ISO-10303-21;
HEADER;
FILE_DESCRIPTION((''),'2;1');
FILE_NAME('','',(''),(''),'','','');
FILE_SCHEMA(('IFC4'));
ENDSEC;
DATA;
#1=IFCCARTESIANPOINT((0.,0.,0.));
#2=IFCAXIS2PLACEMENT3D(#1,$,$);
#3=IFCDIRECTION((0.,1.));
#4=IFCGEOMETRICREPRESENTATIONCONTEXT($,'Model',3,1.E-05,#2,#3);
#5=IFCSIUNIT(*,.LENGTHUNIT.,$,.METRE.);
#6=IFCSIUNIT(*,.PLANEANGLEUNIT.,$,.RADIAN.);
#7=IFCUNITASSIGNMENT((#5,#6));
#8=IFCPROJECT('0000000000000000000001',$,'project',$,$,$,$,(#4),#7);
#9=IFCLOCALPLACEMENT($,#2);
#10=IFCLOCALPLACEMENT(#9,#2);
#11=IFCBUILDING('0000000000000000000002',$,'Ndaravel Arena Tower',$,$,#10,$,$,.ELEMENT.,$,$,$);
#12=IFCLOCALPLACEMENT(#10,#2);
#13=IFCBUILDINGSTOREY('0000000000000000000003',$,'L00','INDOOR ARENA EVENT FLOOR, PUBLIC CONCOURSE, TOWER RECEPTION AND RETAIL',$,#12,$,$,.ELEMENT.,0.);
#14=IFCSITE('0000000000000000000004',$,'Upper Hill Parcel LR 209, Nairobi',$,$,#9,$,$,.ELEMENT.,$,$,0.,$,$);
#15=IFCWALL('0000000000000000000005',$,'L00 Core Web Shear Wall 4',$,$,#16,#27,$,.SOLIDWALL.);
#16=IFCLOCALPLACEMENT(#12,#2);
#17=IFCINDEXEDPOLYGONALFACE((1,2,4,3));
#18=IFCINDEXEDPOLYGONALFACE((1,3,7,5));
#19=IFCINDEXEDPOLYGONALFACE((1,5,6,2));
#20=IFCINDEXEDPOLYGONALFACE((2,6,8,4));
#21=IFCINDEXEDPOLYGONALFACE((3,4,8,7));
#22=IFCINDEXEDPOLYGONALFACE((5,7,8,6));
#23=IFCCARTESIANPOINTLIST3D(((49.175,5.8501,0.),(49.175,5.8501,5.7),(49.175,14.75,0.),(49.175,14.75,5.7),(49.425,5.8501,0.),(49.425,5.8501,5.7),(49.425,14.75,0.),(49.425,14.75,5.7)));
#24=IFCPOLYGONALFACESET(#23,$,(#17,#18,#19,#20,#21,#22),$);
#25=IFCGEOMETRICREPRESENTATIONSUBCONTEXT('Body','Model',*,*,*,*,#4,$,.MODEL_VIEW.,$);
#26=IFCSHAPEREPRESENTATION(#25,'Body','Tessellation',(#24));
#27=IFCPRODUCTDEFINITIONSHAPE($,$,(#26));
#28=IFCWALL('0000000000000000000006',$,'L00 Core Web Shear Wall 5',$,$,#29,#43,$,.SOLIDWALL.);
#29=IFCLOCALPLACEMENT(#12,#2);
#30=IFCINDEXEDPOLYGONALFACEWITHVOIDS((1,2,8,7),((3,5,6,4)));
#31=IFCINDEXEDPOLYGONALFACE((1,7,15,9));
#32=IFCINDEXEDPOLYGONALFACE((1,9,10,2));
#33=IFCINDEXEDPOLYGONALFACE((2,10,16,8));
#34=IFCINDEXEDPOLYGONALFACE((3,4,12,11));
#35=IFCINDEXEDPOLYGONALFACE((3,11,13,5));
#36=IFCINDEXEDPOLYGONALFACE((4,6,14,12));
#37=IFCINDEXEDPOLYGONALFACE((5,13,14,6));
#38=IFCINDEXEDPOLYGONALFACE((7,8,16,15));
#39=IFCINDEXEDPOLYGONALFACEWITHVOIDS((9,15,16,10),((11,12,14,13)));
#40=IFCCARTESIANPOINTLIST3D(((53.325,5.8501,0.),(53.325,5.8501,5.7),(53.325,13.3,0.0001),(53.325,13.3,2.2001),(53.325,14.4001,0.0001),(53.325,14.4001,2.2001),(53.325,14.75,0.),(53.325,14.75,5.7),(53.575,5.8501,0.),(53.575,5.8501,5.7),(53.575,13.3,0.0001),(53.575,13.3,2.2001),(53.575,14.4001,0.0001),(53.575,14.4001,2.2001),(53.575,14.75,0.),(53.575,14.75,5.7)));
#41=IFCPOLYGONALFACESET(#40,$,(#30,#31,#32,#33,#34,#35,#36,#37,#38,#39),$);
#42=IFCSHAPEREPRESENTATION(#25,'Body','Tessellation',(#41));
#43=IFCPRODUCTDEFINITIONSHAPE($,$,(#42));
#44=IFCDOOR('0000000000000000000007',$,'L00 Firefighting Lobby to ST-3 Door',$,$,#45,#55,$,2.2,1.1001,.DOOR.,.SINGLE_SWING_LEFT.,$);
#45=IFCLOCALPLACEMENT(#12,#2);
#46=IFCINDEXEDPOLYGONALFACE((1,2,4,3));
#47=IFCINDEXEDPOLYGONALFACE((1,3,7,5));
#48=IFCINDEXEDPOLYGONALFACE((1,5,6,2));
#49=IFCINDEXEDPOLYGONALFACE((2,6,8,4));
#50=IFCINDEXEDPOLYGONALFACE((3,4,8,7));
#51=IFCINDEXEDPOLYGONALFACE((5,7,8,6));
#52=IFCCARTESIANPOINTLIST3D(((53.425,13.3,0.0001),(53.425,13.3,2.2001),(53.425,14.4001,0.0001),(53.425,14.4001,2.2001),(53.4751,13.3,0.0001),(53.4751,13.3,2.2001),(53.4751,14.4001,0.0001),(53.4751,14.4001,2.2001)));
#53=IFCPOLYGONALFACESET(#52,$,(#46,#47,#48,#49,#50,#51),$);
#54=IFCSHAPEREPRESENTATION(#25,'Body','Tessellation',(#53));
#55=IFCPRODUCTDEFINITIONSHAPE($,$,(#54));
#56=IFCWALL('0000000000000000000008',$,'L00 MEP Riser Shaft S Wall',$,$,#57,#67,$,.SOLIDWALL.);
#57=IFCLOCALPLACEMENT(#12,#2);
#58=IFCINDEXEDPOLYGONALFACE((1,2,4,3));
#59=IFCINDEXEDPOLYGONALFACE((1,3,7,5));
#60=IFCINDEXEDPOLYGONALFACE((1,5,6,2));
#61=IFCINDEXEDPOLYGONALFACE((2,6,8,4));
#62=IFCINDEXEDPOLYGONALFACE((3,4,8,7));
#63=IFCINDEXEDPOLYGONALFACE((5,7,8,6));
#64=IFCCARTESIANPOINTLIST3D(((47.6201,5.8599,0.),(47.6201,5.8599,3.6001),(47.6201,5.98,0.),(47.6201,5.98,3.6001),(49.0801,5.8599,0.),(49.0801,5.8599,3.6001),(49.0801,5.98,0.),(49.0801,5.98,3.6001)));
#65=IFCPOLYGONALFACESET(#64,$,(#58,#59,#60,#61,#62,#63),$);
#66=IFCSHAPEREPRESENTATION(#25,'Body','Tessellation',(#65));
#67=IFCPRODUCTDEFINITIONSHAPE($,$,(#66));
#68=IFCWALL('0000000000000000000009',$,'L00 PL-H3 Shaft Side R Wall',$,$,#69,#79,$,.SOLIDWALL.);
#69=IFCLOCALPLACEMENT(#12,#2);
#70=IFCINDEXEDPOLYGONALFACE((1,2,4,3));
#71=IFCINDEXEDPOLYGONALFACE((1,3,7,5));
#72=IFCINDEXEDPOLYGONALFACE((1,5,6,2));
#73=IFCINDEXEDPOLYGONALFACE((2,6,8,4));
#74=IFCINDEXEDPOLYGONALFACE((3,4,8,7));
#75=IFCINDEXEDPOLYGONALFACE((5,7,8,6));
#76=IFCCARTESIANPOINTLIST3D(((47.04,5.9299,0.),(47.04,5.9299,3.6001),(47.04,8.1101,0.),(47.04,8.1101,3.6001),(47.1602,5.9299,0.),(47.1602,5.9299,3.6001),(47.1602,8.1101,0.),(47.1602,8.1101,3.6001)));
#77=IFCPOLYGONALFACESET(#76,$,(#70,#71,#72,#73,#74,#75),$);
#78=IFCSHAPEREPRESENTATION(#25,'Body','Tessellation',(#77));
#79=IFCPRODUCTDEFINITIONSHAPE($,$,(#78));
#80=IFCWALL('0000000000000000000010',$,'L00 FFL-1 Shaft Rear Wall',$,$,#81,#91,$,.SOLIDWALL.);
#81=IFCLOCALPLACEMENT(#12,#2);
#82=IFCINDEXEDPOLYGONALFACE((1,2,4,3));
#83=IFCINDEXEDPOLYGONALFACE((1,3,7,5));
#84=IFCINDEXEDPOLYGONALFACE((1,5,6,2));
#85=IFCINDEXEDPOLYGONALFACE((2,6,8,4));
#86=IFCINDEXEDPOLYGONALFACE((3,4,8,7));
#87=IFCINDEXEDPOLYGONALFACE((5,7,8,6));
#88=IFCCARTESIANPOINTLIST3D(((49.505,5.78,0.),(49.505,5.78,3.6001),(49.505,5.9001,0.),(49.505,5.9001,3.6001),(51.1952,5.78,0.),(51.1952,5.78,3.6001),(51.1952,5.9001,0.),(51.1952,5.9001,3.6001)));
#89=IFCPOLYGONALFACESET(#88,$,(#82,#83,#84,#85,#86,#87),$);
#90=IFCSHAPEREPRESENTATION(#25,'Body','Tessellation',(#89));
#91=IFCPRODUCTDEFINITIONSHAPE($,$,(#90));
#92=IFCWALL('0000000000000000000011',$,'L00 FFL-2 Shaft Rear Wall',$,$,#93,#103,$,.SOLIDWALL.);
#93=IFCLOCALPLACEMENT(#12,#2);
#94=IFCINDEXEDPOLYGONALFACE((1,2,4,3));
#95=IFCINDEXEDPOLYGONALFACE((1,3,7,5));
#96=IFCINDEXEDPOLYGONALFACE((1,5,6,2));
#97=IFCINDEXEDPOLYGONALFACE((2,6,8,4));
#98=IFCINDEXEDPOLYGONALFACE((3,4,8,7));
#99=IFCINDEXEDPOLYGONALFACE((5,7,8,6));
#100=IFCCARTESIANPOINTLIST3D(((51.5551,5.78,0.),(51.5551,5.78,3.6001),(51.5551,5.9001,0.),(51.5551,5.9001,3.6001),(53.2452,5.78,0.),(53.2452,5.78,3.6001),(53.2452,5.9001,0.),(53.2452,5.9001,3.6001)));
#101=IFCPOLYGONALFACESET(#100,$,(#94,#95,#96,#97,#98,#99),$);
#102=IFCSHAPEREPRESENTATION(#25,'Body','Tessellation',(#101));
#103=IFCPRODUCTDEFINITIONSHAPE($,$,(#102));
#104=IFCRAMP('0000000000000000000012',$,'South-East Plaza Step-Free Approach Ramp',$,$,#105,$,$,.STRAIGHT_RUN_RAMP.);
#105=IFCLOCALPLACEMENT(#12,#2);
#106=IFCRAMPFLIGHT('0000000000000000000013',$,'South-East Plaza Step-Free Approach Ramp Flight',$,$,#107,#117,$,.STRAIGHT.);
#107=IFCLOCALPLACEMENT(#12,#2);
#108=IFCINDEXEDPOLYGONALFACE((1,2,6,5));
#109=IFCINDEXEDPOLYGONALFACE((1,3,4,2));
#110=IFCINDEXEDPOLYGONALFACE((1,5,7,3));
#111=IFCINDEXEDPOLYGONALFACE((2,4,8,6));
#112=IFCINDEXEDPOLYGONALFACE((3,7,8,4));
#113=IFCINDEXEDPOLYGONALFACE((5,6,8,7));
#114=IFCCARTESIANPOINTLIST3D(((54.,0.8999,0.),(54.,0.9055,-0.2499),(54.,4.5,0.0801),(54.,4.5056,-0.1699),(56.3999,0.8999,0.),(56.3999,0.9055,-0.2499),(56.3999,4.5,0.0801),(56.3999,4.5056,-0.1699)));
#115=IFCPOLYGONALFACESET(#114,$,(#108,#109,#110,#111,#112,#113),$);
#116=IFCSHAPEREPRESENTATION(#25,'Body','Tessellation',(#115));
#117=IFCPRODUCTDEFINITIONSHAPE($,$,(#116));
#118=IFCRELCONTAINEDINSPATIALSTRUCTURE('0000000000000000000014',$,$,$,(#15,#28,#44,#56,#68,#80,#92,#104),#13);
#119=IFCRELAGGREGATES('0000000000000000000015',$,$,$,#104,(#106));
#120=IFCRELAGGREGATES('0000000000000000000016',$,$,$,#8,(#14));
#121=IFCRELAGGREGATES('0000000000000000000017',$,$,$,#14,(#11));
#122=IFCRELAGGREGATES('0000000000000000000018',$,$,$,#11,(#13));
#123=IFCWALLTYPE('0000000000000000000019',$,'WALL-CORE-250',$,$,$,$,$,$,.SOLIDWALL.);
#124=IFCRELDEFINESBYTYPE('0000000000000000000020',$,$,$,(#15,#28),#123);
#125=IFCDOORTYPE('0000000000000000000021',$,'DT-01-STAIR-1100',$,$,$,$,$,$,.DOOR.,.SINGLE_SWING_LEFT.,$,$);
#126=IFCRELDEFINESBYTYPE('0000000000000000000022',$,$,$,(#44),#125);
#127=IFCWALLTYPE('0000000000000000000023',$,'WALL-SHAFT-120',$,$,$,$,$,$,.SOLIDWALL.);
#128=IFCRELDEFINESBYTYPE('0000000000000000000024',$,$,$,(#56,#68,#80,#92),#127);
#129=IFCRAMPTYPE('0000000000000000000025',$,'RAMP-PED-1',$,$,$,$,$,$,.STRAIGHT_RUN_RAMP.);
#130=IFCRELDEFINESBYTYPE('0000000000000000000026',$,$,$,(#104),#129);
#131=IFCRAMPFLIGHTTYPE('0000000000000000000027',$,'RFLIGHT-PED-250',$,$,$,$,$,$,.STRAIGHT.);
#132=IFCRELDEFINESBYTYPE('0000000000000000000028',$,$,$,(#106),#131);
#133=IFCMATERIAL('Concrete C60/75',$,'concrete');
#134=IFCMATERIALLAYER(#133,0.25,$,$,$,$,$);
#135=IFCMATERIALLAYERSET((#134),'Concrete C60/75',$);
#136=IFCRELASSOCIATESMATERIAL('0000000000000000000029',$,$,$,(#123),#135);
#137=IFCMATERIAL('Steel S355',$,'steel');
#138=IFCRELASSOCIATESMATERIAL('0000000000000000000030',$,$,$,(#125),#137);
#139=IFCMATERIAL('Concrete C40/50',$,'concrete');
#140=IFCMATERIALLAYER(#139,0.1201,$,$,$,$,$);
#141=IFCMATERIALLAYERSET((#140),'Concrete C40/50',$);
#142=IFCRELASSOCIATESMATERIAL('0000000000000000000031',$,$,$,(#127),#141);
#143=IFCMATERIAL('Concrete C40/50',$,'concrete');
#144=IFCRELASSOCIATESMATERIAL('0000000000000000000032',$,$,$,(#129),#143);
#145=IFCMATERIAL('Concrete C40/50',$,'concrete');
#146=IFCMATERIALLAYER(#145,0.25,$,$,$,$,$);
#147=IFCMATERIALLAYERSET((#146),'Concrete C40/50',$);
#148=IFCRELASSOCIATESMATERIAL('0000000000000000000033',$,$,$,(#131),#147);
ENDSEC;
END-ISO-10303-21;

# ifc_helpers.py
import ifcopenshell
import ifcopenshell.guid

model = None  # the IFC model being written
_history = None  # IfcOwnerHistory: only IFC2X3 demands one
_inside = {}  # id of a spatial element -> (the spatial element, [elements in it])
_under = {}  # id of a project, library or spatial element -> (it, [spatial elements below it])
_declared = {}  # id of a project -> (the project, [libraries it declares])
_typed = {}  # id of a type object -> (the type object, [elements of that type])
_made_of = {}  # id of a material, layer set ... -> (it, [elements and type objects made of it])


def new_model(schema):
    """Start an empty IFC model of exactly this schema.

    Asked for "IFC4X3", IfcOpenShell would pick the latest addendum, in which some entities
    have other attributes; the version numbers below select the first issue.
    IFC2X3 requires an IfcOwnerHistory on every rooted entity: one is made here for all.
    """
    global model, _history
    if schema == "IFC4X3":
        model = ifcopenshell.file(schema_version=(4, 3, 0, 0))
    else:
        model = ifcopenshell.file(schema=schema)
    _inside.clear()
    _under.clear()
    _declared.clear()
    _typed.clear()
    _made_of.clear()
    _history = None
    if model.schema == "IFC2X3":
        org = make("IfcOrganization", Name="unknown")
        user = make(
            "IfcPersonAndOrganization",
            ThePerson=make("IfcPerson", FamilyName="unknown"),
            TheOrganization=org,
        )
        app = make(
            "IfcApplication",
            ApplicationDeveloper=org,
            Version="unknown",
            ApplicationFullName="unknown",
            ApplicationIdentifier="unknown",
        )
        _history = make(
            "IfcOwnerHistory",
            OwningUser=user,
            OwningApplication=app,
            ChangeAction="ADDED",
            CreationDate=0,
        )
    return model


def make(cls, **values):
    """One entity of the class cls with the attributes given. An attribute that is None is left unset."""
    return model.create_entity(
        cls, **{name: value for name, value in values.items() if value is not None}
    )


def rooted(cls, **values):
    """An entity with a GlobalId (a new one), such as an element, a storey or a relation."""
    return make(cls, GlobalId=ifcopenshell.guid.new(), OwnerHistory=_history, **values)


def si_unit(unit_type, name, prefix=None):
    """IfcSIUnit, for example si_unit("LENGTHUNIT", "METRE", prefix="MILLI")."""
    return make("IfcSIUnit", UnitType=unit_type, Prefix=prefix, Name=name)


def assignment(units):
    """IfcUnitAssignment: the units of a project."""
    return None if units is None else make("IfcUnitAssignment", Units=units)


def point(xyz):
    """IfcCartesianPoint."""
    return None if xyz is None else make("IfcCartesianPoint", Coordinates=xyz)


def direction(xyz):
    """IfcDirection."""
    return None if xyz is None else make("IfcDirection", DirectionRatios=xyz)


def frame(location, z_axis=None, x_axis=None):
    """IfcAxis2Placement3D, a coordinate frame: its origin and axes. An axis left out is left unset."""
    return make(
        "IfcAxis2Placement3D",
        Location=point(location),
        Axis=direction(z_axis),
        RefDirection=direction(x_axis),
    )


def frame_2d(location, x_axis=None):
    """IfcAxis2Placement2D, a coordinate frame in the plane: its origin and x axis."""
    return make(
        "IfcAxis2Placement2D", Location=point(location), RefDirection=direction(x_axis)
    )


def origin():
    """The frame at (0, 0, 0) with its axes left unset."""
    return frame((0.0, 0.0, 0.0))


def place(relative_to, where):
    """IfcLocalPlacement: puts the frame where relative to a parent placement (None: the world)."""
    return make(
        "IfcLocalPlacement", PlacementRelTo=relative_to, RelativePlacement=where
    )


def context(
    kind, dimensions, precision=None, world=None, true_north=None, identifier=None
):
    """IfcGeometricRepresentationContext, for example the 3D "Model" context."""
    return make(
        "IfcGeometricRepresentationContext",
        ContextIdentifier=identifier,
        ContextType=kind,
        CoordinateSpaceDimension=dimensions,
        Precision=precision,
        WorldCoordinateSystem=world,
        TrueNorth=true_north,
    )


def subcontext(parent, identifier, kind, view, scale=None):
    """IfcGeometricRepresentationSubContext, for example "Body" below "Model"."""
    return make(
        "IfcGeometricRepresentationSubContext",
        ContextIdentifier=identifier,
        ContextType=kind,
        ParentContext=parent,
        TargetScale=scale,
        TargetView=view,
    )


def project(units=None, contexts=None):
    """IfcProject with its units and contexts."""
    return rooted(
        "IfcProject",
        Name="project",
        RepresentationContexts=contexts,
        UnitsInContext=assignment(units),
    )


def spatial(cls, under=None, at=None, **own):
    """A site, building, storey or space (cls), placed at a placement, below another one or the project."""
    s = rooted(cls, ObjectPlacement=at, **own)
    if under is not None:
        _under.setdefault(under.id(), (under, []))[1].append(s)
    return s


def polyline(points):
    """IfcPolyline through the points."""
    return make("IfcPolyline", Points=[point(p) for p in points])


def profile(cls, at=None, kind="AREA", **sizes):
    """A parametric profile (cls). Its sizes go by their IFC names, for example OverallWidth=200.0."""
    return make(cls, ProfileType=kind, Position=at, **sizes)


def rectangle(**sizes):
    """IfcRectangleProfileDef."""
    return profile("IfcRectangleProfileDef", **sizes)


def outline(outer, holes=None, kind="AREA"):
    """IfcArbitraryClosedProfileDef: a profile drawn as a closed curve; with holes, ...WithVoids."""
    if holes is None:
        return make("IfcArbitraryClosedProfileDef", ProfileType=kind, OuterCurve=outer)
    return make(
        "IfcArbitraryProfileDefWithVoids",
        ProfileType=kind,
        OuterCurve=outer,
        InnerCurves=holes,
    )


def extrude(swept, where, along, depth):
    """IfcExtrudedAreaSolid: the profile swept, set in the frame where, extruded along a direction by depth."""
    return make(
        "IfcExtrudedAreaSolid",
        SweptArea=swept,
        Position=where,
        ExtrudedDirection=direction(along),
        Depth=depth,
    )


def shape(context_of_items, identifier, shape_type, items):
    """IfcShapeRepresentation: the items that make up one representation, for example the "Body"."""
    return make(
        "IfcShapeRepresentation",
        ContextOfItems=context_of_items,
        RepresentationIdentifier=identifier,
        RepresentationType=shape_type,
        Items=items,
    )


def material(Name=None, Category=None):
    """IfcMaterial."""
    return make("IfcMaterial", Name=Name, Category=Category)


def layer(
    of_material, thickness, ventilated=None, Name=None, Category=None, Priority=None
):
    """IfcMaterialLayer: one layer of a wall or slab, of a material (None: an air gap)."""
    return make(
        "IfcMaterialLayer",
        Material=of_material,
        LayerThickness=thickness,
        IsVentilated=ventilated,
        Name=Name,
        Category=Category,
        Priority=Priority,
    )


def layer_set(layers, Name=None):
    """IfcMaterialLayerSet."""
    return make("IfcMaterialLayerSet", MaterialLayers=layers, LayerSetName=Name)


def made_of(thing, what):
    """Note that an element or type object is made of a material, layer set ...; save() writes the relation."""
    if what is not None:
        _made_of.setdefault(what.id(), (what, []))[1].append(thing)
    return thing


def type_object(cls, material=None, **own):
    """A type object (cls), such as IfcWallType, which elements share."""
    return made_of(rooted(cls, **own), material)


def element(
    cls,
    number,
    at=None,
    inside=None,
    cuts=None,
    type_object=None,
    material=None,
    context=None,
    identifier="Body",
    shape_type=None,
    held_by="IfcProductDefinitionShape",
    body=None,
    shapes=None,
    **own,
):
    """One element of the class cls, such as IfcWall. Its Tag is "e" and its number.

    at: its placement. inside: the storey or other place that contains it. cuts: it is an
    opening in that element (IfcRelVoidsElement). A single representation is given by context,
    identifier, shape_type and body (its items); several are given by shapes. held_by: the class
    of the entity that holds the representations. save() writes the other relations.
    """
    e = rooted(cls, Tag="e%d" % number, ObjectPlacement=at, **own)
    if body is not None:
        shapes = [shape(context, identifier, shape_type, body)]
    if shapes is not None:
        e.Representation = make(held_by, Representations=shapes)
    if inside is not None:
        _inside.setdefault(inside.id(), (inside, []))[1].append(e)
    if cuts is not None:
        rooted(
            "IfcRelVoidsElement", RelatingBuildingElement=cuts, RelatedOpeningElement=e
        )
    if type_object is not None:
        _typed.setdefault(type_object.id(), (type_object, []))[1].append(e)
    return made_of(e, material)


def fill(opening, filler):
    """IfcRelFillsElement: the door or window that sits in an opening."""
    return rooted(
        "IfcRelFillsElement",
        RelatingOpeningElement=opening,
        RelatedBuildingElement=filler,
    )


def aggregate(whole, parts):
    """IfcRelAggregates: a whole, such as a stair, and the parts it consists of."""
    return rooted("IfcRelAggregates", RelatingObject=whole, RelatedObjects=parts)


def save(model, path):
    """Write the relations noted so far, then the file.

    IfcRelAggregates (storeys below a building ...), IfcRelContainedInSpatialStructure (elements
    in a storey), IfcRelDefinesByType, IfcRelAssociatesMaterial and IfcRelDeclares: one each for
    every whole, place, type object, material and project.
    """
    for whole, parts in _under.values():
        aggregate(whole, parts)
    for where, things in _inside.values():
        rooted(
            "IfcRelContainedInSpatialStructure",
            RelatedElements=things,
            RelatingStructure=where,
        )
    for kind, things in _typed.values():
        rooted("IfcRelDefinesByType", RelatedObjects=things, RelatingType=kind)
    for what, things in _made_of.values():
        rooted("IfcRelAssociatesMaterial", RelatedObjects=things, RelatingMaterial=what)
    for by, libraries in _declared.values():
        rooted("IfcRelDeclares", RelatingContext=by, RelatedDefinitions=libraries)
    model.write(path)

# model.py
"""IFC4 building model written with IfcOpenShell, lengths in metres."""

from ifc_helpers import new_model, si_unit, direction, frame, frame_2d, origin, place, context, subcontext, project, spatial, polyline, rectangle, outline, extrude, material, layer, layer_set, type_object, element, fill, aggregate, save


model = new_model("IFC4")

# Units and contexts
model_context = context("Model", 3, precision=1e-05, world=origin(), true_north=direction((0.0, 1.0)))
body_context = subcontext(model_context, "Body", "Model", "MODEL_VIEW")
ifc_project = project(units=[si_unit("LENGTHUNIT", "METRE"), si_unit("PLANEANGLEUNIT", "RADIAN")], contexts=[model_context])

# Site, building, storey
site_placement = place(None, origin())
site = spatial("IfcSite", under=ifc_project, at=site_placement, Name="Upper Hill Parcel LR 209, Nairobi", CompositionType="ELEMENT", RefElevation=0.0)
building_placement = place(site_placement, origin())
building = spatial("IfcBuilding", under=site, at=building_placement, Name="Ndaravel Arena Tower", CompositionType="ELEMENT")
storey_placement = place(building_placement, origin())
storey = spatial("IfcBuildingStorey", under=building, at=storey_placement, Name="L00", Description="INDOOR ARENA EVENT FLOOR, PUBLIC CONCOURSE, TOWER RECEPTION AND RETAIL", CompositionType="ELEMENT", Elevation=0.0)

# Wall
ifc_material_1 = material(Name="Concrete C60/75", Category="concrete")
ifc_layer_1 = layer(ifc_material_1, 0.25)
ifc_layer_set_1 = layer_set([ifc_layer_1], Name="Concrete C60/75")
wall_type_1 = type_object("IfcWallType", Name="WALL-CORE-250", PredefinedType="SOLIDWALL", material=ifc_layer_set_1)
wall_1_placement = place(storey_placement, frame((49.3, 5.8501, 0.0), z_axis=(0.0, 0.0, 1.0), x_axis=(0.0, 1.0, 0.0)))
element("IfcWall", 1, at=wall_1_placement, inside=storey, type_object=wall_type_1, Name="L00 Core Web Shear Wall 4", PredefinedType="SOLIDWALL", context=body_context, shape_type="SweptSolid", body=[
    extrude(rectangle(XDim=8.8999, YDim=0.25, at=frame_2d((4.45, 0.0))), origin(), (0.0, 0.0, 1.0), 5.7),
])

# Wall, opening, door
wall_2_placement = place(storey_placement, frame((53.45, 5.8501, 0.0), z_axis=(0.0, 0.0, 1.0), x_axis=(0.0, 1.0, 0.0)))
wall_2 = element("IfcWall", 2, at=wall_2_placement, inside=storey, type_object=wall_type_1, Name="L00 Core Web Shear Wall 5", PredefinedType="SOLIDWALL", context=body_context, shape_type="SweptSolid", body=[
    extrude(rectangle(XDim=8.8999, YDim=0.25, at=frame_2d((4.45, 0.0))), origin(), (0.0, 0.0, 1.0), 5.7),
])
opening_1_placement = place(wall_2_placement, frame((7.45, 0.0, 0.0)))
opening_1 = element("IfcOpeningElement", 3, at=opening_1_placement, cuts=wall_2, PredefinedType="OPENING", context=body_context, shape_type="SweptSolid", body=[
    extrude(rectangle(XDim=1.1001, YDim=2.2, at=frame_2d((0.55, 1.1001))), frame((0.0, 0.125, 0.0), z_axis=(0.0, -1.0, 0.0), x_axis=(1.0, 0.0, 0.0)), (0.0, 0.0, 1.0), 0.25),
])
ifc_material_2 = material(Name="Steel S355", Category="steel")
door_type_1 = type_object("IfcDoorType", Name="DT-01-STAIR-1100", OperationType="SINGLE_SWING_LEFT", PredefinedType="DOOR", material=ifc_material_2)
door_1_placement = place(opening_1_placement, origin())
door_1 = element("IfcDoor", 4, at=door_1_placement, inside=storey, type_object=door_type_1, Name="L00 Firefighting Lobby to ST-3 Door", OperationType="SINGLE_SWING_LEFT", OverallHeight=2.2, OverallWidth=1.1001, PredefinedType="DOOR", context=body_context, shape_type="SweptSolid", body=[
    extrude(rectangle(XDim=1.1001, YDim=2.2, at=frame_2d((0.55, 1.1001))), frame((0.0, 0.0249, 0.0), z_axis=(0.0, -1.0, 0.0), x_axis=(1.0, 0.0, 0.0)), (0.0, 0.0, 1.0), 0.05),
])
fill(opening_1, door_1)

# Walls
ifc_material_3 = material(Name="Concrete C40/50", Category="concrete")
ifc_layer_2 = layer(ifc_material_3, 0.1201)
ifc_layer_set_2 = layer_set([ifc_layer_2], Name="Concrete C40/50")
wall_type_2 = type_object("IfcWallType", Name="WALL-SHAFT-120", PredefinedType="SOLIDWALL", material=ifc_layer_set_2)
wall_3_placement = place(storey_placement, frame((47.6201, 5.9199, 0.0), z_axis=(0.0, 0.0, 1.0), x_axis=(1.0, 0.0, 0.0)))
element("IfcWall", 5, at=wall_3_placement, inside=storey, type_object=wall_type_2, Name="L00 MEP Riser Shaft S Wall", PredefinedType="SOLIDWALL", context=body_context, shape_type="SweptSolid", body=[
    extrude(rectangle(XDim=1.46, YDim=0.1201, at=frame_2d((0.73, 0.0))), origin(), (0.0, 0.0, 1.0), 3.6001),
])
wall_4_placement = place(storey_placement, frame((47.1001, 5.9299, 0.0), z_axis=(0.0, 0.0, 1.0), x_axis=(0.0, 1.0, 0.0)))
element("IfcWall", 6, at=wall_4_placement, inside=storey, type_object=wall_type_2, Name="L00 PL-H3 Shaft Side R Wall", PredefinedType="SOLIDWALL", context=body_context, shape_type="SweptSolid", body=[
    extrude(rectangle(XDim=2.1802, YDim=0.1201, at=frame_2d((1.0901, 0.0))), origin(), (0.0, 0.0, 1.0), 3.6001),
])
for number, where, z_axis, x_axis, name in (
    (7, (49.5049, 5.8401, 0.0), (0.0, 0.0, 1.0), (1.0, 0.0, 0.0), "L00 FFL-1 Shaft Rear Wall"),
    (8, (51.5549, 5.8401, 0.0), (0.0, 0.0, 1.0), (1.0, 0.0, 0.0), "L00 FFL-2 Shaft Rear Wall"),
):
    element("IfcWall", number, at=place(storey_placement, frame(where, z_axis=z_axis, x_axis=x_axis)), inside=storey, type_object=wall_type_2, Name=name, PredefinedType="SOLIDWALL", context=body_context, shape_type="SweptSolid", body=[
        extrude(rectangle(XDim=1.6902, YDim=0.1201, at=frame_2d((0.8452, 0.0))), origin(), (0.0, 0.0, 1.0), 3.6001),
    ])

# Ramp, ramp flight
ifc_material_4 = material(Name="Concrete C40/50", Category="concrete")
ramp_type = type_object("IfcRampType", Name="RAMP-PED-1", PredefinedType="STRAIGHT_RUN_RAMP", material=ifc_material_4)
ramp_placement = place(storey_placement, origin())
ramp = element("IfcRamp", 9, at=ramp_placement, inside=storey, type_object=ramp_type, Name="South-East Plaza Step-Free Approach Ramp", PredefinedType="STRAIGHT_RUN_RAMP")
ifc_material_5 = material(Name="Concrete C40/50", Category="concrete")
ifc_layer_3 = layer(ifc_material_5, 0.25)
ifc_layer_set_3 = layer_set([ifc_layer_3], Name="Concrete C40/50")
ramp_flight_type = type_object("IfcRampFlightType", Name="RFLIGHT-PED-250", PredefinedType="STRAIGHT", material=ifc_layer_set_3)
ramp_flight_placement = place(storey_placement, frame((54.0, 0.8999, 0.0), z_axis=(0.0, -0.022238, 0.999753), x_axis=(1.0, 0.0, 0.0)))
ramp_flight = element("IfcRampFlight", 10, at=ramp_flight_placement, type_object=ramp_flight_type, Name="South-East Plaza Step-Free Approach Ramp Flight", PredefinedType="STRAIGHT", context=body_context, shape_type="SweptSolid", body=[
    extrude(outline(polyline([(0.0, 0.0), (2.3999, 0.0), (2.3999, 3.601), (0.0, 3.601), (0.0, 0.0)])), origin(), (0.0, 0.0, -1.0), 0.25),
])
aggregate(ramp, [ramp_flight])

save(model, "model.ifc")
